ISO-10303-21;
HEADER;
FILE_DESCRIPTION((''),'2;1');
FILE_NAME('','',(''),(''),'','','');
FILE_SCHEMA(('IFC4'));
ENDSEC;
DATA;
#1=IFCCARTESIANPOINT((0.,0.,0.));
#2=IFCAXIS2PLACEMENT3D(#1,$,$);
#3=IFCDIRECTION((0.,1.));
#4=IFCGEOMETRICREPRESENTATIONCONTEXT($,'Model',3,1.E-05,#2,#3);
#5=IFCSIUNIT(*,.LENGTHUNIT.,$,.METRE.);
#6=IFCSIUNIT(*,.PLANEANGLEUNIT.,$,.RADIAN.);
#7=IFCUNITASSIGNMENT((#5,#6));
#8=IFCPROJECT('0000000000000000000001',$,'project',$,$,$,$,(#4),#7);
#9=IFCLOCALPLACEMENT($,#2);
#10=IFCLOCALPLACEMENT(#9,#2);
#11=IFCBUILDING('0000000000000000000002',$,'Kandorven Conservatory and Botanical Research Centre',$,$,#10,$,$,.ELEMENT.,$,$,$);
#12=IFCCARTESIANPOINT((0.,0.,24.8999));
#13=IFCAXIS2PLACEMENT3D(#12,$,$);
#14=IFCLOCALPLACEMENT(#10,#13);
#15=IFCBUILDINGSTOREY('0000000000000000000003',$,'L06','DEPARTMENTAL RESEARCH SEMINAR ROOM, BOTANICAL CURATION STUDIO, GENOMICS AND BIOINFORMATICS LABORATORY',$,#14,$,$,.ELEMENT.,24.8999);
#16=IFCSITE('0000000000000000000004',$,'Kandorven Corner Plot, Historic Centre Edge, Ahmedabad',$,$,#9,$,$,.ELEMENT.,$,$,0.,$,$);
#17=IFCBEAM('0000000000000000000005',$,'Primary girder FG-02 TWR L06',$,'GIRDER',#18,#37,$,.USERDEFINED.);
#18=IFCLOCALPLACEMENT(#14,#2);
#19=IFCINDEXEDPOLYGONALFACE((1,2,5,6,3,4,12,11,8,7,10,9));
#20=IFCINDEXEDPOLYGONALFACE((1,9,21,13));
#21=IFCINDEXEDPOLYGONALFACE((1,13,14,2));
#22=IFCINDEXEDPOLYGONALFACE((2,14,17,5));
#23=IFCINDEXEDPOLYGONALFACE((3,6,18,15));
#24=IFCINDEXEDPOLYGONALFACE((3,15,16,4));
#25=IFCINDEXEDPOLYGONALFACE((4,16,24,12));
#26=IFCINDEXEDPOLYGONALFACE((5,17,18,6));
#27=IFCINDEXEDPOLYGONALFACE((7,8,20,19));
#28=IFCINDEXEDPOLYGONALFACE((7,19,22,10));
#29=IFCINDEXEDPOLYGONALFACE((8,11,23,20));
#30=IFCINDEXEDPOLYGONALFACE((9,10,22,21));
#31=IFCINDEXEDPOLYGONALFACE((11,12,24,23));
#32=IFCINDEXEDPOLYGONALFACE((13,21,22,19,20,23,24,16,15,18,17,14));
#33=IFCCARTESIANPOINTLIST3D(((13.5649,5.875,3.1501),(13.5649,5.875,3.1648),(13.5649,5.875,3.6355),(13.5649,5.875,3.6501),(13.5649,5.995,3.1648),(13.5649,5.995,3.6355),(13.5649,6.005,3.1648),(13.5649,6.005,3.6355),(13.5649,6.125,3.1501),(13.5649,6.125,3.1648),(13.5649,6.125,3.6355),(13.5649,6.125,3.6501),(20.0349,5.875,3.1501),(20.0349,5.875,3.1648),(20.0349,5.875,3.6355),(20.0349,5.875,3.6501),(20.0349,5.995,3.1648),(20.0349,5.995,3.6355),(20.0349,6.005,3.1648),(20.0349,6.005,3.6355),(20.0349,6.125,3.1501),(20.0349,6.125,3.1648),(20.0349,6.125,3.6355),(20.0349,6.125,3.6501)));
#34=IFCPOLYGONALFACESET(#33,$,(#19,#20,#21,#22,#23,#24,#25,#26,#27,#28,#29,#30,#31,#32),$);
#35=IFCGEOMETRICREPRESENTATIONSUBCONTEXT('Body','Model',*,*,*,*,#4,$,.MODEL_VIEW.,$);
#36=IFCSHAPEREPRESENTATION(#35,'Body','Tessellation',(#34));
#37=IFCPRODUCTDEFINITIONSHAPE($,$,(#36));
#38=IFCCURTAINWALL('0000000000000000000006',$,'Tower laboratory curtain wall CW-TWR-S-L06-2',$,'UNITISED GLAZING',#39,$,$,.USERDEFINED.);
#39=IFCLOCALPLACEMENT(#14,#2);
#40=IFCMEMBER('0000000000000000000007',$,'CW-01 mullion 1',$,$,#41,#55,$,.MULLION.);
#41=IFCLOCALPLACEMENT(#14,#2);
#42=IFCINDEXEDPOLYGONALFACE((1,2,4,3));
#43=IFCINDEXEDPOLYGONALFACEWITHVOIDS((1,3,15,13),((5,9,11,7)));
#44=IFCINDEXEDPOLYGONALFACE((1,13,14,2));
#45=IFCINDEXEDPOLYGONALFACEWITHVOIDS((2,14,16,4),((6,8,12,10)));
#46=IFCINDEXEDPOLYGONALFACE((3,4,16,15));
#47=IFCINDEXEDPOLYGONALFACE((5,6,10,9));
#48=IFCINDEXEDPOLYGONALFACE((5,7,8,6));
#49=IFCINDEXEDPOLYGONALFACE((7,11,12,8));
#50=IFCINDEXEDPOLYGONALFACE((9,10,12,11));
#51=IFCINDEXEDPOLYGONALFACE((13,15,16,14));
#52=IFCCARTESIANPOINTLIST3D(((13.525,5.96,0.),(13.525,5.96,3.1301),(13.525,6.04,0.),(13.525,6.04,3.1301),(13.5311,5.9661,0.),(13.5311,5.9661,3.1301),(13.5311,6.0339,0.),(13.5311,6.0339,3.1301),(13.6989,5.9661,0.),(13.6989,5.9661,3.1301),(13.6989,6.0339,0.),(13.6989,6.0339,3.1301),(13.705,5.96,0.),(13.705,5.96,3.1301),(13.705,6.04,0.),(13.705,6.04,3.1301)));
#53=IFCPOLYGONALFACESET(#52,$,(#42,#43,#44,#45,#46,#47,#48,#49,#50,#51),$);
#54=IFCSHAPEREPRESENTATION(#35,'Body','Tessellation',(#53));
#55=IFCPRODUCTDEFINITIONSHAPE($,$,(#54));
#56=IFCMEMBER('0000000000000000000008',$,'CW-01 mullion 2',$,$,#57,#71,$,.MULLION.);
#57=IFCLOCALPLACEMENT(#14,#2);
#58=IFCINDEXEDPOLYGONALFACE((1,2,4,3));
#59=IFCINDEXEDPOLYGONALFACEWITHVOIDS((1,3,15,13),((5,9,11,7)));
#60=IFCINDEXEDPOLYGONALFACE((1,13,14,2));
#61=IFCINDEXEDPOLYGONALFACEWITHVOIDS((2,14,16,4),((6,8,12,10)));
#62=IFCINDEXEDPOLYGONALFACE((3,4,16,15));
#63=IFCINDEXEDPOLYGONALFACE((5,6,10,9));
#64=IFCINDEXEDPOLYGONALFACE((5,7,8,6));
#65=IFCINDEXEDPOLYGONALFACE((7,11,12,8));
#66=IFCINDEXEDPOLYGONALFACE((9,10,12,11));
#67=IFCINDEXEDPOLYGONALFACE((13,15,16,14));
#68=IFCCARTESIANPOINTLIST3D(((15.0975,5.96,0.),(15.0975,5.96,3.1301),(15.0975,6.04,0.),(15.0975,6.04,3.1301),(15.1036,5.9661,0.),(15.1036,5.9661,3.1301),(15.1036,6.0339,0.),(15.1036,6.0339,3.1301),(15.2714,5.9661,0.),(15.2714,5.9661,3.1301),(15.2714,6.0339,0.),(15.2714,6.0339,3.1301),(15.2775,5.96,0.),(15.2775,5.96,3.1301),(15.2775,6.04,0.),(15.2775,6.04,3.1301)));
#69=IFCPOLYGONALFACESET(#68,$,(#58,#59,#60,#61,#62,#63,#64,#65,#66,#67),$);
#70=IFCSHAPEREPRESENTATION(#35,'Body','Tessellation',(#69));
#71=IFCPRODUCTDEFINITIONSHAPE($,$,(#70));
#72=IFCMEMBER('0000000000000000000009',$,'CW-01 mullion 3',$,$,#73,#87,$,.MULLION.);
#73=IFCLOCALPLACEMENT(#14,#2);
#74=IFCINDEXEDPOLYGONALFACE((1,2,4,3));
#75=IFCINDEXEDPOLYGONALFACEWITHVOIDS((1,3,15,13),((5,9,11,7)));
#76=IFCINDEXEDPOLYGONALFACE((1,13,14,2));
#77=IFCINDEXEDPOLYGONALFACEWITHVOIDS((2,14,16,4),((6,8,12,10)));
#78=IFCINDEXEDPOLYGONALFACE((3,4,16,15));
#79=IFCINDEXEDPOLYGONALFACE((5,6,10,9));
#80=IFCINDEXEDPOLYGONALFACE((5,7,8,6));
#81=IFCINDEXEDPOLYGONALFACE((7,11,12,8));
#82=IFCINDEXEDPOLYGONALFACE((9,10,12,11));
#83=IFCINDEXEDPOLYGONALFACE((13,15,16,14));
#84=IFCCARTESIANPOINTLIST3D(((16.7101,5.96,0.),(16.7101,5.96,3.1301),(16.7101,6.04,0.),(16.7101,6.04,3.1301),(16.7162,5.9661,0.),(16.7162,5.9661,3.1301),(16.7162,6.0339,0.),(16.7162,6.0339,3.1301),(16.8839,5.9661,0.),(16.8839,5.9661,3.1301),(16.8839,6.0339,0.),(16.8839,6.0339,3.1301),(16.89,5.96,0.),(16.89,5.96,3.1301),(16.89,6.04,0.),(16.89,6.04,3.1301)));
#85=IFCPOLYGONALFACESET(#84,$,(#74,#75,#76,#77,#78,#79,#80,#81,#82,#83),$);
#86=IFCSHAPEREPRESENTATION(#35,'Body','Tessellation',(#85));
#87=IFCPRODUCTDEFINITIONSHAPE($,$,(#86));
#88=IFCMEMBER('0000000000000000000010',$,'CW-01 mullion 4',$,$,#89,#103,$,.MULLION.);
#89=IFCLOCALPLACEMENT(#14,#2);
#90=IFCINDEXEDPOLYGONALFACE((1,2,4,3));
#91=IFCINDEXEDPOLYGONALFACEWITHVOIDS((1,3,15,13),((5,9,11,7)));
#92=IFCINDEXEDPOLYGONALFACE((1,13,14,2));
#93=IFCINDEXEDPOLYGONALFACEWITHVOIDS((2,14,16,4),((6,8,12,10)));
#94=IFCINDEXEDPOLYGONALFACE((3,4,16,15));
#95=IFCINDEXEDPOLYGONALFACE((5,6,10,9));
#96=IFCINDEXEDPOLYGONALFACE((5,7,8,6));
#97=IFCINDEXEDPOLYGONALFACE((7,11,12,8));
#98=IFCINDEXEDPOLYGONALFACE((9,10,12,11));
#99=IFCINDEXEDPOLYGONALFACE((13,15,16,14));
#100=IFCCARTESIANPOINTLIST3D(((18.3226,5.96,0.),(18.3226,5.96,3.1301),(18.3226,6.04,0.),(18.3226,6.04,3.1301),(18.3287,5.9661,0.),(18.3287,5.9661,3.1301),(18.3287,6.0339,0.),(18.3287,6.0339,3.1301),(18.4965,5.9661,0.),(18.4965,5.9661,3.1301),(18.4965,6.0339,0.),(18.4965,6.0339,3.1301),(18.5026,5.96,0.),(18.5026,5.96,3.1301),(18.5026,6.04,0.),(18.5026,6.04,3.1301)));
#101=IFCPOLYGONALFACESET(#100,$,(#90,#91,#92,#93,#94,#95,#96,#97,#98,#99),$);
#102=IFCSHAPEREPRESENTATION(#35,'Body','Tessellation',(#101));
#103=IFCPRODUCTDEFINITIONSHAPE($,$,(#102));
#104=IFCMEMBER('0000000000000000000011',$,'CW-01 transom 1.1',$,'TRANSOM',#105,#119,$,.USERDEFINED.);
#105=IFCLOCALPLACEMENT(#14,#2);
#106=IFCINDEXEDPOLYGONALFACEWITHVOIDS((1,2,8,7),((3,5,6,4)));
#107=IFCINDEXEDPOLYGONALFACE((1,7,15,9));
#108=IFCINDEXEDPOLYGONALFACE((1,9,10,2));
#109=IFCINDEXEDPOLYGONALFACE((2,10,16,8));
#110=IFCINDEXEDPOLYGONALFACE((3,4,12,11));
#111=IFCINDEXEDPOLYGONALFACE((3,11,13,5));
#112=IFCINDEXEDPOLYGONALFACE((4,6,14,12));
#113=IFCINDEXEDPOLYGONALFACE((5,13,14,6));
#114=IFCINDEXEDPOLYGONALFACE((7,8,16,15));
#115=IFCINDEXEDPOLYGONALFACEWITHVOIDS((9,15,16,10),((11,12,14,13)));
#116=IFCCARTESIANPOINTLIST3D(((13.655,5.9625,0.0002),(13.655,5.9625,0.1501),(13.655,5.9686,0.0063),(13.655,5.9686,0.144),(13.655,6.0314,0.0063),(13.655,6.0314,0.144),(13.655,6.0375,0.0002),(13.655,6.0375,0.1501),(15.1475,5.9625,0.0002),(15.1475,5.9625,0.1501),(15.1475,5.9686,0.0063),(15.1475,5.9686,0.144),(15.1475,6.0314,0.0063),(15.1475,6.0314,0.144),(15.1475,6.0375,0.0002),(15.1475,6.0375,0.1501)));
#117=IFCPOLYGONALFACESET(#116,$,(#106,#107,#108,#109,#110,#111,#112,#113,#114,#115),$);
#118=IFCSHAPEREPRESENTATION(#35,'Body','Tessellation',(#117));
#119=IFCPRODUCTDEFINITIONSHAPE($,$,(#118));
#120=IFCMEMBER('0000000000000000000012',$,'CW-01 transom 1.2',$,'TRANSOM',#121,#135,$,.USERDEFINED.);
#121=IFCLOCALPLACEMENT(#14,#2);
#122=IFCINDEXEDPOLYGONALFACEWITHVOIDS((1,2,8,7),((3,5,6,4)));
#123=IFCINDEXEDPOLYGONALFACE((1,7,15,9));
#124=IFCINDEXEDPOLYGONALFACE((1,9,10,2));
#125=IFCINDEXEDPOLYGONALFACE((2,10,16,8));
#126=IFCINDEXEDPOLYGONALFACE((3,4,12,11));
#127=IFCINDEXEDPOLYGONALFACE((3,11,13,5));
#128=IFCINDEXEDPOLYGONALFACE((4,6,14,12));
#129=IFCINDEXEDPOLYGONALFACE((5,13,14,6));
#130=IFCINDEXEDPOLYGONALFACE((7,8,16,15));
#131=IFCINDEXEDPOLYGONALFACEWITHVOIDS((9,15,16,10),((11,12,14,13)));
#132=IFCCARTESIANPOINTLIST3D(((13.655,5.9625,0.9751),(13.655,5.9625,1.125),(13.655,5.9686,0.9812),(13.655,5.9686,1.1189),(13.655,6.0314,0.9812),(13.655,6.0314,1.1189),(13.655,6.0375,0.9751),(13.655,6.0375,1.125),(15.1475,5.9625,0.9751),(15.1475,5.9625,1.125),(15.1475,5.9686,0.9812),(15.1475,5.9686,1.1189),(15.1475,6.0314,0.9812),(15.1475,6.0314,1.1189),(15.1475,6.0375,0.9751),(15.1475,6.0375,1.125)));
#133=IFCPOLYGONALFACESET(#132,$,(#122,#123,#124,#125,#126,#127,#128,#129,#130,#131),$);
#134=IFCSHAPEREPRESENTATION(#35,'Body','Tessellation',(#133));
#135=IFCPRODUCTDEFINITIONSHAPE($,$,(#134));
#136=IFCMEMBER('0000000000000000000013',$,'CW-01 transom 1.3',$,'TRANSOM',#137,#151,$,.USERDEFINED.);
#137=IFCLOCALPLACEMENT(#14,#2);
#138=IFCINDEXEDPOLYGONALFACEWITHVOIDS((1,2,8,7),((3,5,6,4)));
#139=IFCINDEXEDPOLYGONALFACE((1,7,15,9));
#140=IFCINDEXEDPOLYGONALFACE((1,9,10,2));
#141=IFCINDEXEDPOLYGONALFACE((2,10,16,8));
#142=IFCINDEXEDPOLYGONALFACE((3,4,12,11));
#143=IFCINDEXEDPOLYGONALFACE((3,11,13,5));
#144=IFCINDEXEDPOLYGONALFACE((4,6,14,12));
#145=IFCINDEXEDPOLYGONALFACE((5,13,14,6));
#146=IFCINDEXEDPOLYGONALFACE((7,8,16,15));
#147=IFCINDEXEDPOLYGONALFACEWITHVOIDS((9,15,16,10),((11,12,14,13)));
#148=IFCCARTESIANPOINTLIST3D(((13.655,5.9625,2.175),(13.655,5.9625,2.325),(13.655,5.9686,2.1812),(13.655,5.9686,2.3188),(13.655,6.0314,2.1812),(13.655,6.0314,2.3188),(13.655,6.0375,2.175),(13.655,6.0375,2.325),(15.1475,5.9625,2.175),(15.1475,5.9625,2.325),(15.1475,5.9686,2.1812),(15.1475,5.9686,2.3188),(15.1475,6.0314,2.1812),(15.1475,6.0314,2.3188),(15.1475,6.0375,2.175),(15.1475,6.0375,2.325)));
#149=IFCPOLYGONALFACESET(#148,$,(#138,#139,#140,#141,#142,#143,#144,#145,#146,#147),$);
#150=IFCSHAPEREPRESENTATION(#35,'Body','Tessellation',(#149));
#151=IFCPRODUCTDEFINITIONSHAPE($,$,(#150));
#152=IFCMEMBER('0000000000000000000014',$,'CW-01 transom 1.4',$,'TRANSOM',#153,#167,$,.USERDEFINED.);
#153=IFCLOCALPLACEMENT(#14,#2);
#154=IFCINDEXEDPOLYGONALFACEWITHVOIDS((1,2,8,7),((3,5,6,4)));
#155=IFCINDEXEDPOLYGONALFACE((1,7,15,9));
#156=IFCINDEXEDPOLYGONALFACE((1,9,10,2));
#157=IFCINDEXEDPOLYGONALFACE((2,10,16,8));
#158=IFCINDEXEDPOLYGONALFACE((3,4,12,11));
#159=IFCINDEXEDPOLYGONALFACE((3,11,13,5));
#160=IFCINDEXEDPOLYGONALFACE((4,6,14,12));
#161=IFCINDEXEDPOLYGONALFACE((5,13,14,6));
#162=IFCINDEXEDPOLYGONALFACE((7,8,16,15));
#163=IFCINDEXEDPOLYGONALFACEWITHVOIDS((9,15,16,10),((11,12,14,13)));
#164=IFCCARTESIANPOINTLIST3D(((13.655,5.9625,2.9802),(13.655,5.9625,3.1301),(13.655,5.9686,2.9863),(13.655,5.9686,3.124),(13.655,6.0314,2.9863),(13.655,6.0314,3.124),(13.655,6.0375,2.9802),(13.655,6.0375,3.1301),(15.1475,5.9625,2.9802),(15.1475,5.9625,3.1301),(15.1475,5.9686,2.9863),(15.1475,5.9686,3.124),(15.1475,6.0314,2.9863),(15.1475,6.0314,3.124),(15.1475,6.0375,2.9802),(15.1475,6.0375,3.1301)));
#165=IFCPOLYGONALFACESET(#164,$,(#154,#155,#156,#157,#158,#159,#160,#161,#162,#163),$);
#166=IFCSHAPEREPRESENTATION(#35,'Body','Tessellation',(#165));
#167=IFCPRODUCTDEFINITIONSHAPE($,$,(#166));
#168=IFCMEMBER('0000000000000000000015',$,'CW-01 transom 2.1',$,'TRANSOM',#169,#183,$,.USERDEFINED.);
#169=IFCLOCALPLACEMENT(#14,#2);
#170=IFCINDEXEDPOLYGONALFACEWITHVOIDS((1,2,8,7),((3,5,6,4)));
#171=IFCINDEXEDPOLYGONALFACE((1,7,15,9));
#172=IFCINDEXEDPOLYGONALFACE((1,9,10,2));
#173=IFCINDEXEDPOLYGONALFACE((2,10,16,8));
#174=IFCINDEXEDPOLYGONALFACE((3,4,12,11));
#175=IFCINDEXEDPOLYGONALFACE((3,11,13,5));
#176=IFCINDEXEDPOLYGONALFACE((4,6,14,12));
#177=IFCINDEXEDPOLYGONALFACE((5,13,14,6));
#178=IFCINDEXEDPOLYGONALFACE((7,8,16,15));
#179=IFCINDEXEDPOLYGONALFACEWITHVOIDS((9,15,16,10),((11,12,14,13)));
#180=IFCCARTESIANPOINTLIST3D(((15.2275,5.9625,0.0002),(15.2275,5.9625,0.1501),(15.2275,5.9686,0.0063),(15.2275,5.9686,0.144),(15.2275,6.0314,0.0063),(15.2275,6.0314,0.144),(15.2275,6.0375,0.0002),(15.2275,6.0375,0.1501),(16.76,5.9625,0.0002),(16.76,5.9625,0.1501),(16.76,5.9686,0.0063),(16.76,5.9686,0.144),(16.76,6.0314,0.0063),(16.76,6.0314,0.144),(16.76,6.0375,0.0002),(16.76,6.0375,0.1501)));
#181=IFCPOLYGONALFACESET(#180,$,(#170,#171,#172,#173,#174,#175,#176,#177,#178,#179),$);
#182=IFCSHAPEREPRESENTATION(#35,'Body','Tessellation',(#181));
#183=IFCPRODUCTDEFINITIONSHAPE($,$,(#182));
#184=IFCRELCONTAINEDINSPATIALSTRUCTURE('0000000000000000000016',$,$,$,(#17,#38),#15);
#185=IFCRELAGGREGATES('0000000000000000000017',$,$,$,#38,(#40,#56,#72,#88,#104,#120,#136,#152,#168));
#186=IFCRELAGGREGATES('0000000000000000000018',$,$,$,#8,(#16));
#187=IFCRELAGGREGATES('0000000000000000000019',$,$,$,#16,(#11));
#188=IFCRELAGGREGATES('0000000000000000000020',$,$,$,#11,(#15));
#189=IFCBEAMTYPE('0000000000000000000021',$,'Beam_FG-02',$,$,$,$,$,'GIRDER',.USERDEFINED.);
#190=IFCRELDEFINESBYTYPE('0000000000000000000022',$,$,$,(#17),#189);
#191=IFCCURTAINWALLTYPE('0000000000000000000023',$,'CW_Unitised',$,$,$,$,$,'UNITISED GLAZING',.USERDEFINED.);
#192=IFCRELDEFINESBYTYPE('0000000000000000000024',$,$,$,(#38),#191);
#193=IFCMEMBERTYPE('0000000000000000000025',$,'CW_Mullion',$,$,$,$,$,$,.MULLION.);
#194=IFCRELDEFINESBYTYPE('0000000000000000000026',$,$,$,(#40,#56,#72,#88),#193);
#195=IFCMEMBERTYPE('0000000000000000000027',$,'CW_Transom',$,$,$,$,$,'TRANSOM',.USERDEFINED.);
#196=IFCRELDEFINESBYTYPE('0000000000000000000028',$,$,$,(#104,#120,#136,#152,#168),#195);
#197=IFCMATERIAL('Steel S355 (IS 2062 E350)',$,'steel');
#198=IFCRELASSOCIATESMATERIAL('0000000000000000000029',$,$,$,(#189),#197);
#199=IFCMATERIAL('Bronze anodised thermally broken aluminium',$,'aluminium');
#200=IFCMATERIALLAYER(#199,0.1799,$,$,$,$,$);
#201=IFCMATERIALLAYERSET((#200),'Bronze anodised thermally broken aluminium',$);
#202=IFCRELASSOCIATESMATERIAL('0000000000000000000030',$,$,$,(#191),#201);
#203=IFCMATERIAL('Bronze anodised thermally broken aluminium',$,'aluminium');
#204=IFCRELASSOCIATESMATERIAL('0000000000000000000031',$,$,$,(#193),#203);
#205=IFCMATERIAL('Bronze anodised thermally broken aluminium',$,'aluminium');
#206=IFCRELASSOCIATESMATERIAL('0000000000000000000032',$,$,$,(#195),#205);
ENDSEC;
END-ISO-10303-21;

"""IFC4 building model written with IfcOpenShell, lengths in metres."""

from ifc_helpers import new_model, si_unit, direction, frame, origin, origin_2d, place, context, subcontext, project, spatial, hollow_rectangle, i_section, extrude, material, layer, layer_set, material_profile, profile_set, type_object, element, aggregate, save


model = new_model("IFC4")

# Units and contexts
model_context = context("Model", 3, precision=1e-05, world=origin(), true_north=direction((0.0, 1.0)))
body_context = subcontext(model_context, "Body", "Model", "MODEL_VIEW")
ifc_project = project(units=[si_unit("LENGTHUNIT", "METRE"), si_unit("PLANEANGLEUNIT", "RADIAN")], contexts=[model_context])

# Site, building, storey
site_placement = place(None, origin())
site = spatial("IfcSite", under=ifc_project, at=site_placement, Name="Kandorven Corner Plot, Historic Centre Edge, Ahmedabad", CompositionType="ELEMENT", RefElevation=0.0)
building_placement = place(site_placement, origin())
building = spatial("IfcBuilding", under=site, at=building_placement, Name="Kandorven Conservatory and Botanical Research Centre", CompositionType="ELEMENT")
storey_placement = place(building_placement, frame((0.0, 0.0, 24.8999)))
storey = spatial("IfcBuildingStorey", under=building, at=storey_placement, Name="L06", Description="DEPARTMENTAL RESEARCH SEMINAR ROOM, BOTANICAL CURATION STUDIO, GENOMICS AND BIOINFORMATICS LABORATORY", CompositionType="ELEMENT", Elevation=24.8999)

# Beam
ifc_material_1 = material(Name="Steel S355 (IS 2062 E350)", Category="steel")
ifc_material_profile_1 = material_profile(ifc_material_1, i_section(OverallWidth=0.25, OverallDepth=0.5, WebThickness=0.01, FlangeThickness=0.0146, at=origin_2d()))
ifc_profile_set_1 = profile_set([ifc_material_profile_1], Name="Steel S355 (IS 2062 E350)")
beam_type = type_object("IfcBeamType", Name="Beam_FG-02", ElementType="GIRDER", PredefinedType="USERDEFINED", material=ifc_profile_set_1)
beam_placement = place(storey_placement, frame((13.5649, 6.0, 3.4001), z_axis=(1.0, 0.0, 0.0), x_axis=(0.0, 1.0, 0.0)))
element("IfcBeam", 1, at=beam_placement, inside=storey, type_object=beam_type, Name="Primary girder FG-02 TWR L06", ObjectType="GIRDER", PredefinedType="USERDEFINED", context=body_context, shape_type="SweptSolid", body=[
    extrude(i_section(OverallWidth=0.25, OverallDepth=0.5, WebThickness=0.01, FlangeThickness=0.0146, at=origin_2d()), origin(), (0.0, 0.0, 1.0), 6.47),
])

# Curtain wall, members
ifc_material_2 = material(Name="Bronze anodised thermally broken aluminium", Category="aluminium")
ifc_layer_1 = layer(ifc_material_2, 0.1799)
ifc_layer_set_1 = layer_set([ifc_layer_1], Name="Bronze anodised thermally broken aluminium")
curtain_wall_type = type_object("IfcCurtainWallType", Name="CW_Unitised", ElementType="UNITISED GLAZING", PredefinedType="USERDEFINED", material=ifc_layer_set_1)
curtain_wall_placement = place(storey_placement, origin())
curtain_wall = element("IfcCurtainWall", 2, at=curtain_wall_placement, inside=storey, type_object=curtain_wall_type, Name="Tower laboratory curtain wall CW-TWR-S-L06-2", ObjectType="UNITISED GLAZING", PredefinedType="USERDEFINED")
ifc_material_3 = material(Name="Bronze anodised thermally broken aluminium", Category="aluminium")
ifc_material_profile_2 = material_profile(ifc_material_3, hollow_rectangle(XDim=0.0801, YDim=0.1799, WallThickness=0.0061, at=origin_2d()))
ifc_profile_set_2 = profile_set([ifc_material_profile_2], Name="Bronze anodised thermally broken aluminium")
member_type_1 = type_object("IfcMemberType", Name="CW_Mullion", PredefinedType="MULLION", material=ifc_profile_set_2)
member_1_placement = place(storey_placement, frame((13.615, 6.0, 0.0), z_axis=(0.0, 0.0, 1.0), x_axis=(0.0, 1.0, 0.0)))
member_1 = element("IfcMember", 3, at=member_1_placement, type_object=member_type_1, Name="CW-01 mullion 1", PredefinedType="MULLION", context=body_context, shape_type="SweptSolid", body=[
    extrude(hollow_rectangle(XDim=0.0801, YDim=0.1799, WallThickness=0.0061, at=origin_2d()), origin(), (0.0, 0.0, 1.0), 3.1301),
])
member_2_placement = place(storey_placement, frame((15.1875, 6.0, 0.0), z_axis=(0.0, 0.0, 1.0), x_axis=(0.0, 1.0, 0.0)))
member_2 = element("IfcMember", 4, at=member_2_placement, type_object=member_type_1, Name="CW-01 mullion 2", PredefinedType="MULLION", context=body_context, shape_type="SweptSolid", body=[
    extrude(hollow_rectangle(XDim=0.0801, YDim=0.1799, WallThickness=0.0061, at=origin_2d()), origin(), (0.0, 0.0, 1.0), 3.1301),
])
member_3_placement = place(storey_placement, frame((16.8, 6.0, 0.0), z_axis=(0.0, 0.0, 1.0), x_axis=(0.0, 1.0, 0.0)))
member_3 = element("IfcMember", 5, at=member_3_placement, type_object=member_type_1, Name="CW-01 mullion 3", PredefinedType="MULLION", context=body_context, shape_type="SweptSolid", body=[
    extrude(hollow_rectangle(XDim=0.0801, YDim=0.1799, WallThickness=0.0061, at=origin_2d()), origin(), (0.0, 0.0, 1.0), 3.1301),
])
member_4_placement = place(storey_placement, frame((18.4126, 6.0, 0.0), z_axis=(0.0, 0.0, 1.0), x_axis=(0.0, 1.0, 0.0)))
member_4 = element("IfcMember", 6, at=member_4_placement, type_object=member_type_1, Name="CW-01 mullion 4", PredefinedType="MULLION", context=body_context, shape_type="SweptSolid", body=[
    extrude(hollow_rectangle(XDim=0.0801, YDim=0.1799, WallThickness=0.0061, at=origin_2d()), origin(), (0.0, 0.0, 1.0), 3.1301),
])
ifc_material_4 = material(Name="Bronze anodised thermally broken aluminium", Category="aluminium")
ifc_material_profile_3 = material_profile(ifc_material_4, hollow_rectangle(XDim=0.075, YDim=0.1499, WallThickness=0.0061, at=origin_2d()))
ifc_profile_set_3 = profile_set([ifc_material_profile_3], Name="Bronze anodised thermally broken aluminium")
member_type_2 = type_object("IfcMemberType", Name="CW_Transom", ElementType="TRANSOM", PredefinedType="USERDEFINED", material=ifc_profile_set_3)
member_5_placement = place(storey_placement, frame((13.655, 6.0, 0.0752), z_axis=(1.0, 0.0, 0.0), x_axis=(0.0, 1.0, 0.0)))
member_5 = element("IfcMember", 7, at=member_5_placement, type_object=member_type_2, Name="CW-01 transom 1.1", ObjectType="TRANSOM", PredefinedType="USERDEFINED", context=body_context, shape_type="SweptSolid", body=[
    extrude(hollow_rectangle(XDim=0.075, YDim=0.1499, WallThickness=0.0061, at=origin_2d()), origin(), (0.0, 0.0, 1.0), 1.4924),
])
member_6_placement = place(storey_placement, frame((13.655, 6.0, 1.05), z_axis=(1.0, 0.0, 0.0), x_axis=(0.0, 1.0, 0.0)))
member_6 = element("IfcMember", 8, at=member_6_placement, type_object=member_type_2, Name="CW-01 transom 1.2", ObjectType="TRANSOM", PredefinedType="USERDEFINED", context=body_context, shape_type="SweptSolid", body=[
    extrude(hollow_rectangle(XDim=0.075, YDim=0.1499, WallThickness=0.0061, at=origin_2d()), origin(), (0.0, 0.0, 1.0), 1.4924),
])
member_7_placement = place(storey_placement, frame((13.655, 6.0, 2.25), z_axis=(1.0, 0.0, 0.0), x_axis=(0.0, 1.0, 0.0)))
member_7 = element("IfcMember", 9, at=member_7_placement, type_object=member_type_2, Name="CW-01 transom 1.3", ObjectType="TRANSOM", PredefinedType="USERDEFINED", context=body_context, shape_type="SweptSolid", body=[
    extrude(hollow_rectangle(XDim=0.075, YDim=0.1499, WallThickness=0.0061, at=origin_2d()), origin(), (0.0, 0.0, 1.0), 1.4924),
])
member_8_placement = place(storey_placement, frame((13.655, 6.0, 3.0552), z_axis=(1.0, 0.0, 0.0), x_axis=(0.0, 1.0, 0.0)))
member_8 = element("IfcMember", 10, at=member_8_placement, type_object=member_type_2, Name="CW-01 transom 1.4", ObjectType="TRANSOM", PredefinedType="USERDEFINED", context=body_context, shape_type="SweptSolid", body=[
    extrude(hollow_rectangle(XDim=0.075, YDim=0.1499, WallThickness=0.0061, at=origin_2d()), origin(), (0.0, 0.0, 1.0), 1.4924),
])
member_9_placement = place(storey_placement, frame((15.2275, 6.0, 0.0752), z_axis=(1.0, 0.0, 0.0), x_axis=(0.0, 1.0, 0.0)))
member_9 = element("IfcMember", 11, at=member_9_placement, type_object=member_type_2, Name="CW-01 transom 2.1", ObjectType="TRANSOM", PredefinedType="USERDEFINED", context=body_context, shape_type="SweptSolid", body=[
    extrude(hollow_rectangle(XDim=0.075, YDim=0.1499, WallThickness=0.0061, at=origin_2d()), origin(), (0.0, 0.0, 1.0), 1.5325),
])
aggregate(curtain_wall, [member_1, member_2, member_3, member_4, member_5, member_6, member_7, member_8, member_9])

save(model, "model.ifc")
